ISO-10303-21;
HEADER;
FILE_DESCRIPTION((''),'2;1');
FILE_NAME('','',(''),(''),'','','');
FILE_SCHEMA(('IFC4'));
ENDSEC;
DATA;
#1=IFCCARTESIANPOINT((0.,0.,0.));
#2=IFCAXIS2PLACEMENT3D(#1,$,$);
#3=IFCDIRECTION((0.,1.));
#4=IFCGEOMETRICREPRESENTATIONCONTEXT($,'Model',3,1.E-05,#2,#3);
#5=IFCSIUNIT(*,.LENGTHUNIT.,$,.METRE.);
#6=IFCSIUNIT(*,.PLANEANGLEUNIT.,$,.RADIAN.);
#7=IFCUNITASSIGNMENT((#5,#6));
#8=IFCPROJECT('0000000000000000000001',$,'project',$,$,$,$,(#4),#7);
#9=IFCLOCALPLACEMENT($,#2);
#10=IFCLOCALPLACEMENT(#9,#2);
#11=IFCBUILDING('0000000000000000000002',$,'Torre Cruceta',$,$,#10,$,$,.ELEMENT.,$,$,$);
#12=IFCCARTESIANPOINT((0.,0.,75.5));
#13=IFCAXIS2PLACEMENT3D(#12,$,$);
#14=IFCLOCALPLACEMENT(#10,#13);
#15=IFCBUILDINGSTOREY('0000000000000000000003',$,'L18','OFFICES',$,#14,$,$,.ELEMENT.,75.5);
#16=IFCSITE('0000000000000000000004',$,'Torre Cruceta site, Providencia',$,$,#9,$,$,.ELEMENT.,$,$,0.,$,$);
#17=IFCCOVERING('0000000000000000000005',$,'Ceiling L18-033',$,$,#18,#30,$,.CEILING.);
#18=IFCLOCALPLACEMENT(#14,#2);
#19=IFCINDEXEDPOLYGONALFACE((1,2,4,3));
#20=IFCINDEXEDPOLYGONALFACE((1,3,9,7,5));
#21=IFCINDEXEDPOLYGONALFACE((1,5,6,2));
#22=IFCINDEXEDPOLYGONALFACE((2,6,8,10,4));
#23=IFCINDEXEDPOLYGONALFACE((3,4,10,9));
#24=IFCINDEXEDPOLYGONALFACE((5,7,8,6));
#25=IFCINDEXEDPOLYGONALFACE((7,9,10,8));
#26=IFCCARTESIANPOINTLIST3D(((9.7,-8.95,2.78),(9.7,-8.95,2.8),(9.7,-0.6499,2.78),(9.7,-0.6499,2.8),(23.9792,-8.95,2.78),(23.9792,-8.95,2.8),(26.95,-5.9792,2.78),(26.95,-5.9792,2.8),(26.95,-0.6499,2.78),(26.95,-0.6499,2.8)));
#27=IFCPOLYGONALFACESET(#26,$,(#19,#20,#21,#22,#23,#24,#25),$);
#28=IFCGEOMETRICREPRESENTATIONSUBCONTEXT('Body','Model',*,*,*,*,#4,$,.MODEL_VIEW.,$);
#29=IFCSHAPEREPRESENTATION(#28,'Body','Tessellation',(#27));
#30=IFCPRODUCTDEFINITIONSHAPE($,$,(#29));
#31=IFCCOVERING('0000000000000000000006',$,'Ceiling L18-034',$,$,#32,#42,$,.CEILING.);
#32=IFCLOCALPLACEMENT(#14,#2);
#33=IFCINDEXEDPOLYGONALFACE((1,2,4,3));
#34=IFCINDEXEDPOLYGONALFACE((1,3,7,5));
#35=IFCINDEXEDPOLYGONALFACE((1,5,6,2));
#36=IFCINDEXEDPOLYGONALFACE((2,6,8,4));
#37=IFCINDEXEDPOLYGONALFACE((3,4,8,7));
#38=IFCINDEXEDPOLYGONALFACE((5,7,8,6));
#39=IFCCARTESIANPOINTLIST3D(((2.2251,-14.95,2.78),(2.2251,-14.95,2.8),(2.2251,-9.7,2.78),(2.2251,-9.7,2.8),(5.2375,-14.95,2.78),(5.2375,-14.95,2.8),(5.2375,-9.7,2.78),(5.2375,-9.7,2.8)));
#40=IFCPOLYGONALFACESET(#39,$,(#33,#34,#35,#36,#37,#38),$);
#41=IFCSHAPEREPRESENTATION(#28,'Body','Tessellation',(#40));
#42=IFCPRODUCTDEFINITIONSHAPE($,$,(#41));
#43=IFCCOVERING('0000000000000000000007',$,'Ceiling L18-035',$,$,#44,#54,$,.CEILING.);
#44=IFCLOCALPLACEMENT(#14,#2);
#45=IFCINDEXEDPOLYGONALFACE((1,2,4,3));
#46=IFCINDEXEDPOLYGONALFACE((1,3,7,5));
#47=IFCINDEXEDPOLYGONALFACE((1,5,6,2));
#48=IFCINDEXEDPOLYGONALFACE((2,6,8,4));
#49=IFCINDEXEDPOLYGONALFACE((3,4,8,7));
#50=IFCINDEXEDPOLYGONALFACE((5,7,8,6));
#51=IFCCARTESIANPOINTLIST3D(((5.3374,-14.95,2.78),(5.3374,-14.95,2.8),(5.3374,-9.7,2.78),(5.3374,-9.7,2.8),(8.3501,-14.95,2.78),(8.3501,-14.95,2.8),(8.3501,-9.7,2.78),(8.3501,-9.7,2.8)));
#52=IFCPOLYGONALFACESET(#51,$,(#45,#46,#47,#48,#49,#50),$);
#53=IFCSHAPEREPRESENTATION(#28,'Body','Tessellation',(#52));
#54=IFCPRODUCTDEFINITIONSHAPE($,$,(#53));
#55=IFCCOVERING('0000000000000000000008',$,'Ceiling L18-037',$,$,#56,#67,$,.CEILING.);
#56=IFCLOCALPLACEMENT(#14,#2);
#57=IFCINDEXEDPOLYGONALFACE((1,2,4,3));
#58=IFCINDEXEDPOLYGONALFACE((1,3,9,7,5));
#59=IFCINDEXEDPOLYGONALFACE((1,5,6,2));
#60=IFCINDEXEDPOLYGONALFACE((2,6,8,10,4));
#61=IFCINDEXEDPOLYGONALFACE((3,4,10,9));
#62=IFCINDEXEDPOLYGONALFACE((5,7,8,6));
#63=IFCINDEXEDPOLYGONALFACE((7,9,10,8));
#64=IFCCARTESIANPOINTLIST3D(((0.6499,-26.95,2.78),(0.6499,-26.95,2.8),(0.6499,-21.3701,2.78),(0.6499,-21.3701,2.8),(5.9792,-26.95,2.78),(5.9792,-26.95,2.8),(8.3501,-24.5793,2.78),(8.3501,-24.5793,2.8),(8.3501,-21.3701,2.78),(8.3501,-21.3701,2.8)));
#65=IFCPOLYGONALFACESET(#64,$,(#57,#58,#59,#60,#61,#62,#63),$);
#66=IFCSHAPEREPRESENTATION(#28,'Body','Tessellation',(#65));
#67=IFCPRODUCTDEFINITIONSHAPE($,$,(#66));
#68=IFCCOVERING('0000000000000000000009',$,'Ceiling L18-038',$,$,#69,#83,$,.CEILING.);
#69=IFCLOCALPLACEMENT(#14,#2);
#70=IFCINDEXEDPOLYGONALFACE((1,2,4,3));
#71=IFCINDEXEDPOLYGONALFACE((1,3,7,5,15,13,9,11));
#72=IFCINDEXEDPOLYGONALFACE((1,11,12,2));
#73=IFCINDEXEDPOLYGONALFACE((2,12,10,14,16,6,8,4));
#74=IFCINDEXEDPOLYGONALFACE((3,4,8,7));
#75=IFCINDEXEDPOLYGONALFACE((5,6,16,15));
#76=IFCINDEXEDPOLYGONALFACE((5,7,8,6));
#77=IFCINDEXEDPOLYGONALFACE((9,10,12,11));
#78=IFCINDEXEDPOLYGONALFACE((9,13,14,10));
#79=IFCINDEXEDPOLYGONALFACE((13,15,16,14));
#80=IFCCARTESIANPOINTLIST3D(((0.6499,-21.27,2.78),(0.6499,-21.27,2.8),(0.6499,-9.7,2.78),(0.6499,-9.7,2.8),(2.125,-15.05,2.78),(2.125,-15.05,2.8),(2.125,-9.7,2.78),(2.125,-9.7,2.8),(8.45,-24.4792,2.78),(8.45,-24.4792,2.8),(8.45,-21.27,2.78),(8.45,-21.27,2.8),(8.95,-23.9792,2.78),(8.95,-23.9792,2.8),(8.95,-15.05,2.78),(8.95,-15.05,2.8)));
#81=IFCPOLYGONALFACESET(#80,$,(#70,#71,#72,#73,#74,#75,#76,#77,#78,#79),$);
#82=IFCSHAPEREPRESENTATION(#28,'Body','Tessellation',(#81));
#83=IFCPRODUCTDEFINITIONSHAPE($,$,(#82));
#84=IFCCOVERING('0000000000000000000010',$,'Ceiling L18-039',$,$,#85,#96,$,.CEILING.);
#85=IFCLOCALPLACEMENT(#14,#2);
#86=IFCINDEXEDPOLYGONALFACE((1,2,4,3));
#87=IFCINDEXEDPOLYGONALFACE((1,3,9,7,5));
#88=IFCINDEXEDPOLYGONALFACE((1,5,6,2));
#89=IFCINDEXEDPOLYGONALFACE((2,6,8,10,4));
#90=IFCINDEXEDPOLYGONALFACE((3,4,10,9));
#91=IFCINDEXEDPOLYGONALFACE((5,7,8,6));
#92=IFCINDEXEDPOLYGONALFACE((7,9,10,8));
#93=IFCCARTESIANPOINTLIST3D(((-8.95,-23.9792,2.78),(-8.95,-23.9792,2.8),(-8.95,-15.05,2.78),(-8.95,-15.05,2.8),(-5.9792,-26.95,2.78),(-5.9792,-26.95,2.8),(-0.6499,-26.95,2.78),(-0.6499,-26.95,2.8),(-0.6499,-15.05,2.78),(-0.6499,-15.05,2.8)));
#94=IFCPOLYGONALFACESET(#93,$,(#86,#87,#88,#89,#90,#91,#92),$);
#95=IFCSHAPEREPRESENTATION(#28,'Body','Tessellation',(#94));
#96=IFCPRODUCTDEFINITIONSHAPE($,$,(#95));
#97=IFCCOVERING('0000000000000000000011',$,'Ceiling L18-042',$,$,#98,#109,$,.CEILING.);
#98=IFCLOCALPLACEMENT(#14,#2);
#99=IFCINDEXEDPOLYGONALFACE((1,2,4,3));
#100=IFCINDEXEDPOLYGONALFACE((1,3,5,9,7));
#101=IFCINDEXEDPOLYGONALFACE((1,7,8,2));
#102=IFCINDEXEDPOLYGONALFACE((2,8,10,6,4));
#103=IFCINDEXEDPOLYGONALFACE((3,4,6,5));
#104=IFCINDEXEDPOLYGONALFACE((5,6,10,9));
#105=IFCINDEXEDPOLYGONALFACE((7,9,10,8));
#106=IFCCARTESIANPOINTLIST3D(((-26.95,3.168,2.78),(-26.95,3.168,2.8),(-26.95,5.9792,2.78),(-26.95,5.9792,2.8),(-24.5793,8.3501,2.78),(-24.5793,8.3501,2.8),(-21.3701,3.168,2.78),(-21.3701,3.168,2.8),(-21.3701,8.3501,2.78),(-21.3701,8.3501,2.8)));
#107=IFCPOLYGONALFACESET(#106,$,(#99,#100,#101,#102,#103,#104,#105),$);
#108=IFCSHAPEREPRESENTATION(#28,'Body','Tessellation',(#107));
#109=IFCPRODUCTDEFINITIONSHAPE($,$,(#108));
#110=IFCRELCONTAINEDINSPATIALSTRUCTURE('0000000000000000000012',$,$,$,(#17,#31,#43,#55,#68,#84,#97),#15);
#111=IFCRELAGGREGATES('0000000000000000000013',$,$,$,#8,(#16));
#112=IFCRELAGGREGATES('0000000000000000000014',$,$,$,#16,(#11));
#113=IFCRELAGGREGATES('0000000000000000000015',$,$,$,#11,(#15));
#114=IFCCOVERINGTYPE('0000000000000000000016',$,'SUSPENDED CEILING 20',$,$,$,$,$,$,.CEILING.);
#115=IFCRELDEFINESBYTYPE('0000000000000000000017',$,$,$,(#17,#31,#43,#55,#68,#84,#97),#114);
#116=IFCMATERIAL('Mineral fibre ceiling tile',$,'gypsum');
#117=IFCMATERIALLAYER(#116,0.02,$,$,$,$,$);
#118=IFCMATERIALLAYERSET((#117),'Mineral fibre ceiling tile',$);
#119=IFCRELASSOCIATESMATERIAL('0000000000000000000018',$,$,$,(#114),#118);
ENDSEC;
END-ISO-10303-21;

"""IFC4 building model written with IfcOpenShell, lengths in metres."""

from ifc_helpers import new_model, si_unit, direction, frame, origin, place, context, subcontext, project, spatial, polyline, outline, extrude, material, layer, layer_set, type_object, element, save


model = new_model("IFC4")

# Units and contexts
model_context = context("Model", 3, precision=1e-05, world=origin(), true_north=direction((0.0, 1.0)))
body_context = subcontext(model_context, "Body", "Model", "MODEL_VIEW")
ifc_project = project(units=[si_unit("LENGTHUNIT", "METRE"), si_unit("PLANEANGLEUNIT", "RADIAN")], contexts=[model_context])

# Site, building, storey
site_placement = place(None, origin())
site = spatial("IfcSite", under=ifc_project, at=site_placement, Name="Torre Cruceta site, Providencia", CompositionType="ELEMENT", RefElevation=0.0)
building_placement = place(site_placement, origin())
building = spatial("IfcBuilding", under=site, at=building_placement, Name="Torre Cruceta", CompositionType="ELEMENT")
storey_placement = place(building_placement, frame((0.0, 0.0, 75.5)))
storey = spatial("IfcBuildingStorey", under=building, at=storey_placement, Name="L18", Description="OFFICES", CompositionType="ELEMENT", Elevation=75.5)

# Coverings
ifc_material_1 = material(Name="Mineral fibre ceiling tile", Category="gypsum")
ifc_layer_1 = layer(ifc_material_1, 0.02)
ifc_layer_set_1 = layer_set([ifc_layer_1], Name="Mineral fibre ceiling tile")
covering_type_1 = type_object("IfcCoveringType", Name="SUSPENDED CEILING 20", PredefinedType="CEILING", material=ifc_layer_set_1)
covering_1_placement = place(storey_placement, frame((0.0, 0.0, 2.78)))
element("IfcCovering", 1, at=covering_1_placement, inside=storey, type_object=covering_type_1, Name="Ceiling L18-033", PredefinedType="CEILING", context=body_context, shape_type="SweptSolid", body=[
    extrude(outline(polyline([(26.95, -5.9792), (23.9792, -8.95), (9.7, -8.95), (9.7, -0.6499), (26.95, -0.6499), (26.95, -5.9792)])), origin(), (0.0, 0.0, 1.0), 0.02),
])
covering_2_placement = place(storey_placement, frame((0.0, 0.0, 2.78)))
element("IfcCovering", 2, at=covering_2_placement, inside=storey, type_object=covering_type_1, Name="Ceiling L18-034", PredefinedType="CEILING", context=body_context, shape_type="SweptSolid", body=[
    extrude(outline(polyline([(2.2251, -9.7), (5.2375, -9.7), (5.2375, -14.95), (2.2251, -14.95), (2.2251, -9.7)])), origin(), (0.0, 0.0, 1.0), 0.02),
])
covering_3_placement = place(storey_placement, frame((0.0, 0.0, 2.78)))
element("IfcCovering", 3, at=covering_3_placement, inside=storey, type_object=covering_type_1, Name="Ceiling L18-035", PredefinedType="CEILING", context=body_context, shape_type="SweptSolid", body=[
    extrude(outline(polyline([(5.3374, -9.7), (8.3501, -9.7), (8.3501, -14.95), (5.3374, -14.95), (5.3374, -9.7)])), origin(), (0.0, 0.0, 1.0), 0.02),
])
covering_4_placement = place(storey_placement, frame((0.0, 0.0, 2.78)))
element("IfcCovering", 4, at=covering_4_placement, inside=storey, type_object=covering_type_1, Name="Ceiling L18-037", PredefinedType="CEILING", context=body_context, shape_type="SweptSolid", body=[
    extrude(outline(polyline([(0.6499, -26.95), (0.6499, -21.3701), (8.3501, -21.3701), (8.3501, -24.5793), (5.9792, -26.95), (0.6499, -26.95)])), origin(), (0.0, 0.0, 1.0), 0.02),
])
covering_5_placement = place(storey_placement, frame((0.0, 0.0, 2.78)))
element("IfcCovering", 5, at=covering_5_placement, inside=storey, type_object=covering_type_1, Name="Ceiling L18-038", PredefinedType="CEILING", context=body_context, shape_type="SweptSolid", body=[
    extrude(outline(polyline([(2.125, -9.7), (2.125, -15.05), (8.95, -15.05), (8.95, -23.9792), (8.45, -24.4792), (8.45, -21.27), (0.6499, -21.27), (0.6499, -9.7), (2.125, -9.7)])), origin(), (0.0, 0.0, 1.0), 0.02),
])
covering_6_placement = place(storey_placement, frame((0.0, 0.0, 2.78)))
element("IfcCovering", 6, at=covering_6_placement, inside=storey, type_object=covering_type_1, Name="Ceiling L18-039", PredefinedType="CEILING", context=body_context, shape_type="SweptSolid", body=[
    extrude(outline(polyline([(-8.95, -23.9792), (-8.95, -15.05), (-0.6499, -15.05), (-0.6499, -26.95), (-5.9792, -26.95), (-8.95, -23.9792)])), origin(), (0.0, 0.0, 1.0), 0.02),
])
covering_7_placement = place(storey_placement, frame((0.0, 0.0, 2.78)))
element("IfcCovering", 7, at=covering_7_placement, inside=storey, type_object=covering_type_1, Name="Ceiling L18-042", PredefinedType="CEILING", context=body_context, shape_type="SweptSolid", body=[
    extrude(outline(polyline([(-24.5793, 8.3501), (-21.3701, 8.3501), (-21.3701, 3.168), (-26.95, 3.168), (-26.95, 5.9792), (-24.5793, 8.3501)])), origin(), (0.0, 0.0, 1.0), 0.02),
])

save(model, "model.ifc")
